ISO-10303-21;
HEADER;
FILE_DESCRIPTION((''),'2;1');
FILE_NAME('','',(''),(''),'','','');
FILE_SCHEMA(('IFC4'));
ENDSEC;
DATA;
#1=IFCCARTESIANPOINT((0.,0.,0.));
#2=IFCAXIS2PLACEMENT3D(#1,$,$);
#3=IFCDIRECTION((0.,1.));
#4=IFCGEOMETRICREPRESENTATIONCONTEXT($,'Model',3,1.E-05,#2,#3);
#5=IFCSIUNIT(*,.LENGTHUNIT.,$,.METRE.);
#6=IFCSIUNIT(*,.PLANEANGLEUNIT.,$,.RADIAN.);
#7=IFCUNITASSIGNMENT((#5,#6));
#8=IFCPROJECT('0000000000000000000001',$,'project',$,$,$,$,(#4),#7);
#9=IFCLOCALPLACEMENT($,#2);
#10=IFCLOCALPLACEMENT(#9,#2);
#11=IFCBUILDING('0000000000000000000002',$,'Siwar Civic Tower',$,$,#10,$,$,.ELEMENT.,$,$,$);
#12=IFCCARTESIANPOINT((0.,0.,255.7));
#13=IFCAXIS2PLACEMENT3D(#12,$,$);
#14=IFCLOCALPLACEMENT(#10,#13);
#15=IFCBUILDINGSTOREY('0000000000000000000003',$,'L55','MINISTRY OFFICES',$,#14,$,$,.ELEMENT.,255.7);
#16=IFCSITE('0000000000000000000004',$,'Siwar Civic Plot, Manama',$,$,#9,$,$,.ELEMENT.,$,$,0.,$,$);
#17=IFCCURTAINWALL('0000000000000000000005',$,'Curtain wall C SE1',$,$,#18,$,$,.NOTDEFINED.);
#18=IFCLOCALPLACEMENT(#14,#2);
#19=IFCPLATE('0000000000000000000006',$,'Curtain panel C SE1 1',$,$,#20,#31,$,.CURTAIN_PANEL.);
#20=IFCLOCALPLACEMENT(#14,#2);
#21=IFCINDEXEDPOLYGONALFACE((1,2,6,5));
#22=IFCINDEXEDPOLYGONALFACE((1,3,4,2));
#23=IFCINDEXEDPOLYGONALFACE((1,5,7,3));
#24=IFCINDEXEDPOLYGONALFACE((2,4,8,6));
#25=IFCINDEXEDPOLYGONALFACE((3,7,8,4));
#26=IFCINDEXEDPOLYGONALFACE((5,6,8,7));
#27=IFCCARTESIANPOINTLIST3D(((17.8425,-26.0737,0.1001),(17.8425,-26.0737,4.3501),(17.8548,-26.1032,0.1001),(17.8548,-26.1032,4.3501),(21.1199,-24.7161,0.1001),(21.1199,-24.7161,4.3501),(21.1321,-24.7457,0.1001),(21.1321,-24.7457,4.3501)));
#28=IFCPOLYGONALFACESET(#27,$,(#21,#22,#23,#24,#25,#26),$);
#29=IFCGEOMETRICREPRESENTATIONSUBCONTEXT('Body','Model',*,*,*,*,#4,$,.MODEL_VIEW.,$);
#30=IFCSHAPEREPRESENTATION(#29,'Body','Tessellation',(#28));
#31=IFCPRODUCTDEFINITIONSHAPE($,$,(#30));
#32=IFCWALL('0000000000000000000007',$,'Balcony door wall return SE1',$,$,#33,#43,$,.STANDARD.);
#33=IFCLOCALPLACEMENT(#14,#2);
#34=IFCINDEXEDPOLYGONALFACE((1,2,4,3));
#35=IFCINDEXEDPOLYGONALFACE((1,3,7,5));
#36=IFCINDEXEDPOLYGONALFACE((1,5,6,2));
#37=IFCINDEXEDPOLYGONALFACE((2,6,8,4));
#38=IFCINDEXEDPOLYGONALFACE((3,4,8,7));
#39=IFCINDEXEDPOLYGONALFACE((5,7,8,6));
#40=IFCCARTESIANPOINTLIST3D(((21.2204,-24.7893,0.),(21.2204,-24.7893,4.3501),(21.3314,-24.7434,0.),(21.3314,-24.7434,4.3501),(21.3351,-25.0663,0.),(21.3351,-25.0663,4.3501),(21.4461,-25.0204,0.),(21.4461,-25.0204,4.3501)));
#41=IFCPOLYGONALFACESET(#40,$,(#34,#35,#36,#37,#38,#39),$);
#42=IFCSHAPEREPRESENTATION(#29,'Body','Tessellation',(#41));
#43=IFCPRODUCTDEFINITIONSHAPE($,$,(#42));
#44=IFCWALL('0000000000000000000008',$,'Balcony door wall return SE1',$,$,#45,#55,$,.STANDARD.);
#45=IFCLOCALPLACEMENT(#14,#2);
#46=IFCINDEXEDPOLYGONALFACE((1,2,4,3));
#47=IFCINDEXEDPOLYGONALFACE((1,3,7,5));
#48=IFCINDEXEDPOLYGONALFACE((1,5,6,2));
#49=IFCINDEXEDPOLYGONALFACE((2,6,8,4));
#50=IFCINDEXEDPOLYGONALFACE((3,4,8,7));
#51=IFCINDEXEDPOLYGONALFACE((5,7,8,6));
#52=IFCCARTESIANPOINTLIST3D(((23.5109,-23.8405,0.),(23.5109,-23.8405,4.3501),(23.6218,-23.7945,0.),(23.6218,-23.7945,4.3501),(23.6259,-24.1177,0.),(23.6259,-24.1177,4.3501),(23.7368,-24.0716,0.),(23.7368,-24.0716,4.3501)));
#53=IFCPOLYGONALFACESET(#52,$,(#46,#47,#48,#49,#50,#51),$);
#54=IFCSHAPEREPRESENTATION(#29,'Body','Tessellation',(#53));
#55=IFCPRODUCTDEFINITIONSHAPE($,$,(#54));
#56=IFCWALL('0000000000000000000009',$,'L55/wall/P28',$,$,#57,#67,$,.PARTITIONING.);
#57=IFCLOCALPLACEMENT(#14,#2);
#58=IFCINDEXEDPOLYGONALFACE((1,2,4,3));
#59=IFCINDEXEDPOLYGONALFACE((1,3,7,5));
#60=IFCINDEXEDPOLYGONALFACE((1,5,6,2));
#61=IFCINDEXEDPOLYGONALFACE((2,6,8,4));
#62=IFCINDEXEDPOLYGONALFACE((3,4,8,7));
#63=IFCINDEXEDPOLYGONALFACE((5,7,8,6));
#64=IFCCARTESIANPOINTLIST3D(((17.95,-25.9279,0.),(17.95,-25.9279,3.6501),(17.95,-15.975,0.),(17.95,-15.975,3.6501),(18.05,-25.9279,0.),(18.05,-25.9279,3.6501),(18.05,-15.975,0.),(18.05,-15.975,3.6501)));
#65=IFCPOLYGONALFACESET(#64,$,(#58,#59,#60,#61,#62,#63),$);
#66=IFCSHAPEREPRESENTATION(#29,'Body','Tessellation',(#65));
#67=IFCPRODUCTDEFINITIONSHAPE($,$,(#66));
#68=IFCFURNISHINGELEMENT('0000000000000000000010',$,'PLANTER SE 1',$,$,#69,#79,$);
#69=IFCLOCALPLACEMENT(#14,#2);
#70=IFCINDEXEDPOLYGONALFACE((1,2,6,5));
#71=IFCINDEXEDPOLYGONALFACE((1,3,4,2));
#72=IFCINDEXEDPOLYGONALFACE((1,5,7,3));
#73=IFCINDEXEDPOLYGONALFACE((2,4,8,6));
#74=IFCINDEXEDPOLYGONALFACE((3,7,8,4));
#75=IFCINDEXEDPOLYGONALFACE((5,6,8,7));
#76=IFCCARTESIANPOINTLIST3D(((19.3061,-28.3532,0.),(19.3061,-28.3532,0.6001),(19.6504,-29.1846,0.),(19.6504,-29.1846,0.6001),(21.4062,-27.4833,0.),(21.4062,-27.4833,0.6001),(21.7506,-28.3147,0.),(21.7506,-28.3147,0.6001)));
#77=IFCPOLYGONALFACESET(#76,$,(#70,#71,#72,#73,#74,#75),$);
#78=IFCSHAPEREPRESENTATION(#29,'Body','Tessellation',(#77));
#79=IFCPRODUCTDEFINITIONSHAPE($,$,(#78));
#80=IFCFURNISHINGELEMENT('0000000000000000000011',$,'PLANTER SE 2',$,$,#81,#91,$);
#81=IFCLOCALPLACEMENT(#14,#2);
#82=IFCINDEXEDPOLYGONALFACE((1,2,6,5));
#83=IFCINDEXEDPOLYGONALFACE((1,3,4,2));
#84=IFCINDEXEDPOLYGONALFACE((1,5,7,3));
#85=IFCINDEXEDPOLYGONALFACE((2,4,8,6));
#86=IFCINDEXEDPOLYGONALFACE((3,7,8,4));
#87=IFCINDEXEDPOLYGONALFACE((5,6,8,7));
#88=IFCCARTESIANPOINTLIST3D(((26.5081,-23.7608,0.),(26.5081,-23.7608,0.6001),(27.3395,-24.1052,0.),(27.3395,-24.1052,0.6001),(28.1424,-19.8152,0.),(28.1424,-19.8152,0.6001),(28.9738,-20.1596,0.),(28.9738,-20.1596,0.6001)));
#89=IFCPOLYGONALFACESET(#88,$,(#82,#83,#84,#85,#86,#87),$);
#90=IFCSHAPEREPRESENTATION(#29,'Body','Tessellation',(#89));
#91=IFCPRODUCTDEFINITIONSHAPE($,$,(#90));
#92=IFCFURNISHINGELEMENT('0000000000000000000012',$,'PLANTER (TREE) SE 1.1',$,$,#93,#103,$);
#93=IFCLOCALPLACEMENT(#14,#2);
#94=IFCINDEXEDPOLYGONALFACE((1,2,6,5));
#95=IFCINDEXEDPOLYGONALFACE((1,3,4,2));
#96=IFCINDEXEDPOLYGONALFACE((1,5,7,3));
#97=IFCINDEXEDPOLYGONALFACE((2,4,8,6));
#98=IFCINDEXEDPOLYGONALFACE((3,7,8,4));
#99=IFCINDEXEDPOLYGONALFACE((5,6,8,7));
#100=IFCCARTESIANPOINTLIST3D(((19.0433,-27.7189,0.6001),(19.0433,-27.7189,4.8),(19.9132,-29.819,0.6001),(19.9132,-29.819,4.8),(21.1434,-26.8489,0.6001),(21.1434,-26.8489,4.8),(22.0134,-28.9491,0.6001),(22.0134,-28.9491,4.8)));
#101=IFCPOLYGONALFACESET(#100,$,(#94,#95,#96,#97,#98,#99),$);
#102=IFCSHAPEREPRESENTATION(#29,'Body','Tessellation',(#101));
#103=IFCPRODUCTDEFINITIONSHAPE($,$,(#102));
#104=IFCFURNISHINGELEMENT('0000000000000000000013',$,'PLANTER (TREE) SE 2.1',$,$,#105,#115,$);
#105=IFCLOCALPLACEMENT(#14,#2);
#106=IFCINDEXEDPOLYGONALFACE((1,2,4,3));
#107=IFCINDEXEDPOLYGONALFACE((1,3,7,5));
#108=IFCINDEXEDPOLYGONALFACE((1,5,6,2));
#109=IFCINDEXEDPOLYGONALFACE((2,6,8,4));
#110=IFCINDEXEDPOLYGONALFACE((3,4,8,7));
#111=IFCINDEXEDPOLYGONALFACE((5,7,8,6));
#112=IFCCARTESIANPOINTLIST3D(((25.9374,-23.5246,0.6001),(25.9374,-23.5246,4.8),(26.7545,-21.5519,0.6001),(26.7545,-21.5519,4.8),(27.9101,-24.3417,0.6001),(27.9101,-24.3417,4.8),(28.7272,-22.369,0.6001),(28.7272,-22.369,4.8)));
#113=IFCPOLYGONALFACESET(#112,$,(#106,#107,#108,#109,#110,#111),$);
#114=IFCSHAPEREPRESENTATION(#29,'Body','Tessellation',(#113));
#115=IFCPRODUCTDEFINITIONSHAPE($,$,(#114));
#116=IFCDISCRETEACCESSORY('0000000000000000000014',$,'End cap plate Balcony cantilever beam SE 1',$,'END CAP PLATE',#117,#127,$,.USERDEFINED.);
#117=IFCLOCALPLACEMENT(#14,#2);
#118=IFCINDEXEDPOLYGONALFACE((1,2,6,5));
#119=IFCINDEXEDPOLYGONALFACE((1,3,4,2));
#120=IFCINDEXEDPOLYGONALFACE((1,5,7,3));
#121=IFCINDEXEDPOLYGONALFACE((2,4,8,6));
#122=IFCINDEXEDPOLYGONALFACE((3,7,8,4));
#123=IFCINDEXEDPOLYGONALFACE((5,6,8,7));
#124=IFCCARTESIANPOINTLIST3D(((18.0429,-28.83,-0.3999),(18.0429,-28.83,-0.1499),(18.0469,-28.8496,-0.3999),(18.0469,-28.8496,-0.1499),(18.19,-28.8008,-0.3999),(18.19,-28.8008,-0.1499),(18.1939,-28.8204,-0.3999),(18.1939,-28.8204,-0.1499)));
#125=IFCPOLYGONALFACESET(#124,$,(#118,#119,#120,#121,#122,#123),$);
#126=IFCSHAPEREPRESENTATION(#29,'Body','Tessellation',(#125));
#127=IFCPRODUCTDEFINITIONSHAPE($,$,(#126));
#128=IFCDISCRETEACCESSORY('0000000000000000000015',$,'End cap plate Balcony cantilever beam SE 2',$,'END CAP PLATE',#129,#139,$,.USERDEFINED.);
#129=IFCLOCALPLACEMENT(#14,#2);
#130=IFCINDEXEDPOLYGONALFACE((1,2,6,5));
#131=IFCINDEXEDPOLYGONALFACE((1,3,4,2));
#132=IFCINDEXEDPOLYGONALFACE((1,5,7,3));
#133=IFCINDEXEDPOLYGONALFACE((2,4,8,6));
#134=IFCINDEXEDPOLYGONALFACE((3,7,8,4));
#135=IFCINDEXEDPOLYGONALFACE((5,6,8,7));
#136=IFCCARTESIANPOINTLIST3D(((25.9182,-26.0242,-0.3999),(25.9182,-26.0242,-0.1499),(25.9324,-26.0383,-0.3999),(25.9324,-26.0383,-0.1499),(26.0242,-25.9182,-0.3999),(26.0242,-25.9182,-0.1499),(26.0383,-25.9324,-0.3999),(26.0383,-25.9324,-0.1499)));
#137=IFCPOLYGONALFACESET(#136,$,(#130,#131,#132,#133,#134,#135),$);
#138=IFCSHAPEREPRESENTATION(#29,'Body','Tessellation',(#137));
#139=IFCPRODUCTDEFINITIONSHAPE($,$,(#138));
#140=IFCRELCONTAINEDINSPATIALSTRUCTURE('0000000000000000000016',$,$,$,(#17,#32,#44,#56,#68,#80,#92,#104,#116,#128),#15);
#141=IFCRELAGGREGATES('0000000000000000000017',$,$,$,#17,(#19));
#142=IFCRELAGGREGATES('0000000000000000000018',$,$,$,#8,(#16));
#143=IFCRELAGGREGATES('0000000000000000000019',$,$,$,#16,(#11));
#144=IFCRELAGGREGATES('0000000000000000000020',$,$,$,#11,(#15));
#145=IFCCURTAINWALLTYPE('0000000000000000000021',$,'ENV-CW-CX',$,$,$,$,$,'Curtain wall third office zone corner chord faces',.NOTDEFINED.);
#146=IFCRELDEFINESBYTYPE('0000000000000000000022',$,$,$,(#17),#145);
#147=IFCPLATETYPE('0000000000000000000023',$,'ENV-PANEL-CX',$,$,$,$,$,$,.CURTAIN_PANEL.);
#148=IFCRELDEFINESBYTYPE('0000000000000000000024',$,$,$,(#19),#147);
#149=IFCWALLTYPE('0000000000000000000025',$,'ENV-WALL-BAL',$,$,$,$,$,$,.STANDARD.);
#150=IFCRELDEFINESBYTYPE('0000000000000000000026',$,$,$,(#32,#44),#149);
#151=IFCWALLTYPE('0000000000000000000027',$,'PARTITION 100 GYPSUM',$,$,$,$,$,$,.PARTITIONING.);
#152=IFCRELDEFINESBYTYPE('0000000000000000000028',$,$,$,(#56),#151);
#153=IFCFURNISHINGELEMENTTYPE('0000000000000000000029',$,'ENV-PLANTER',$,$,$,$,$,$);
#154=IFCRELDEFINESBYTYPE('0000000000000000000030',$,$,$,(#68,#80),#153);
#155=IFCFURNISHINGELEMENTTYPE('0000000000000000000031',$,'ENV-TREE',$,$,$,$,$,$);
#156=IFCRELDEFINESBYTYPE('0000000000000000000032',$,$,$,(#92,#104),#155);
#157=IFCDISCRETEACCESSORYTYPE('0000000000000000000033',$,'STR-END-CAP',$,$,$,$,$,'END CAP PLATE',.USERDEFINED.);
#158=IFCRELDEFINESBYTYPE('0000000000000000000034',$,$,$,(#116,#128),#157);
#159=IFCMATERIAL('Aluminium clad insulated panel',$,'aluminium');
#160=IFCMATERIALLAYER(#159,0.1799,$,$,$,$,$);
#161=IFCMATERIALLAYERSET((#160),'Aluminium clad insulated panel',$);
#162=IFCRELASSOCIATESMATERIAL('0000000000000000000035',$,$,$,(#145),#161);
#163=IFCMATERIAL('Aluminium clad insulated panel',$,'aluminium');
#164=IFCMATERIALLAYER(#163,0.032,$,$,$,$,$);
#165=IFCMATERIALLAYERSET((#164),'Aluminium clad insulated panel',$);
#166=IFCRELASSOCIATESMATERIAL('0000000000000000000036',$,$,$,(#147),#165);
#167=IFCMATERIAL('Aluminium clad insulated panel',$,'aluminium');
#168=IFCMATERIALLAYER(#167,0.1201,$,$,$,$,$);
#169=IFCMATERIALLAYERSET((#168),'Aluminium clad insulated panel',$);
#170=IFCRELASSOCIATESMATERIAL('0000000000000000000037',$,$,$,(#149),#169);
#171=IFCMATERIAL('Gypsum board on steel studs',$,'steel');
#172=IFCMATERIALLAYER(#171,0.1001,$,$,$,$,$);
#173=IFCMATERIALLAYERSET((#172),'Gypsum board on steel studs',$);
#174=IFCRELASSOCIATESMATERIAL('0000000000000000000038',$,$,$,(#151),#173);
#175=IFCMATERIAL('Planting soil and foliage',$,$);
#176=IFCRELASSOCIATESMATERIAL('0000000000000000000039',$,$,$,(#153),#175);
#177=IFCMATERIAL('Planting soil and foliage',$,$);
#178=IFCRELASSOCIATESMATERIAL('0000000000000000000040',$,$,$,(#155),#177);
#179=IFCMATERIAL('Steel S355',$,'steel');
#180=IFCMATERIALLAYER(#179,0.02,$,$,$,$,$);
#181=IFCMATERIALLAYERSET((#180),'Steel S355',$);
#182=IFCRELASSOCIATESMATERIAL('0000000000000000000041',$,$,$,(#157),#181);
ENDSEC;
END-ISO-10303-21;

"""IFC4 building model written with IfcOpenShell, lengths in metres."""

from ifc_helpers import new_model, si_unit, direction, frame, frame_2d, origin, origin_2d, place, context, subcontext, project, spatial, rectangle, extrude, material, layer, layer_set, type_object, element, aggregate, save


model = new_model("IFC4")

# Units and contexts
model_context = context("Model", 3, precision=1e-05, world=origin(), true_north=direction((0.0, 1.0)))
body_context = subcontext(model_context, "Body", "Model", "MODEL_VIEW")
ifc_project = project(units=[si_unit("LENGTHUNIT", "METRE"), si_unit("PLANEANGLEUNIT", "RADIAN")], contexts=[model_context])

# Site, building, storey
site_placement = place(None, origin())
site = spatial("IfcSite", under=ifc_project, at=site_placement, Name="Siwar Civic Plot, Manama", CompositionType="ELEMENT", RefElevation=0.0)
building_placement = place(site_placement, origin())
building = spatial("IfcBuilding", under=site, at=building_placement, Name="Siwar Civic Tower", CompositionType="ELEMENT")
storey_placement = place(building_placement, frame((0.0, 0.0, 255.7)))
storey = spatial("IfcBuildingStorey", under=building, at=storey_placement, Name="L55", Description="MINISTRY OFFICES", CompositionType="ELEMENT", Elevation=255.7)

# Curtain wall
ifc_material_1 = material(Name="Aluminium clad insulated panel", Category="aluminium")
ifc_layer_1 = layer(ifc_material_1, 0.1799)
ifc_layer_set_1 = layer_set([ifc_layer_1], Name="Aluminium clad insulated panel")
curtain_wall_type = type_object("IfcCurtainWallType", Name="ENV-CW-CX", ElementType="Curtain wall third office zone corner chord faces", PredefinedType="NOTDEFINED", material=ifc_layer_set_1)
curtain_wall_1_placement = place(storey_placement, origin())
curtain_wall_1 = element("IfcCurtainWall", 1, at=curtain_wall_1_placement, inside=storey, type_object=curtain_wall_type, Name="Curtain wall C SE1", PredefinedType="NOTDEFINED")

# Plate
ifc_material_2 = material(Name="Aluminium clad insulated panel", Category="aluminium")
ifc_layer_2 = layer(ifc_material_2, 0.032)
ifc_layer_set_2 = layer_set([ifc_layer_2], Name="Aluminium clad insulated panel")
plate_type = type_object("IfcPlateType", Name="ENV-PANEL-CX", PredefinedType="CURTAIN_PANEL", material=ifc_layer_set_2)
plate_placement = place(storey_placement, frame((19.4873, -25.4097, 0.1001), z_axis=(0.0, 0.0, 1.0), x_axis=(0.92388, 0.382683, 0.0)))
plate = element("IfcPlate", 2, at=plate_placement, type_object=plate_type, Name="Curtain panel C SE1 1", PredefinedType="CURTAIN_PANEL", context=body_context, shape_type="SweptSolid", body=[
    extrude(rectangle(XDim=3.5474, YDim=0.032, at=origin_2d()), origin(), (0.0, 0.0, 1.0), 4.25),
])
aggregate(curtain_wall_1, [plate])

# Walls
ifc_material_3 = material(Name="Aluminium clad insulated panel", Category="aluminium")
ifc_layer_3 = layer(ifc_material_3, 0.1201)
ifc_layer_set_3 = layer_set([ifc_layer_3], Name="Aluminium clad insulated panel")
wall_type_1 = type_object("IfcWallType", Name="ENV-WALL-BAL", PredefinedType="STANDARD", material=ifc_layer_set_3)
wall_1_placement = place(storey_placement, frame((21.2759, -24.7664, 0.0), z_axis=(0.0, 0.0, 1.0), x_axis=(0.382591, -0.923918, 0.0)))
element("IfcWall", 3, at=wall_1_placement, inside=storey, type_object=wall_type_1, Name="Balcony door wall return SE1", PredefinedType="STANDARD", context=body_context, shape_type="SweptSolid", body=[
    extrude(rectangle(XDim=0.2998, YDim=0.1201, at=frame_2d((0.1499, 0.0))), origin(), (0.0, 0.0, 1.0), 4.3501),
])
wall_2_placement = place(storey_placement, frame((23.5664, -23.8176, 0.0), z_axis=(0.0, 0.0, 1.0), x_axis=(0.383286, -0.92363, 0.0)))
element("IfcWall", 4, at=wall_2_placement, inside=storey, type_object=wall_type_1, Name="Balcony door wall return SE1", PredefinedType="STANDARD", context=body_context, shape_type="SweptSolid", body=[
    extrude(rectangle(XDim=0.3, YDim=0.1201, at=frame_2d((0.1499, 0.0))), origin(), (0.0, 0.0, 1.0), 4.3501),
])

# Wall
ifc_material_4 = material(Name="Gypsum board on steel studs", Category="steel")
ifc_layer_4 = layer(ifc_material_4, 0.1001)
ifc_layer_set_4 = layer_set([ifc_layer_4], Name="Gypsum board on steel studs")
wall_type_2 = type_object("IfcWallType", Name="PARTITION 100 GYPSUM", PredefinedType="PARTITIONING", material=ifc_layer_set_4)
wall_3_placement = place(storey_placement, frame((18.0, -25.928, 0.0), z_axis=(0.0, 0.0, 1.0), x_axis=(0.0, 1.0, 0.0)))
element("IfcWall", 5, at=wall_3_placement, inside=storey, type_object=wall_type_2, Name="L55/wall/P28", PredefinedType="PARTITIONING", context=body_context, shape_type="SweptSolid", body=[
    extrude(rectangle(XDim=9.9529, YDim=0.1001, at=frame_2d((4.9766, 0.0))), origin(), (0.0, 0.0, 1.0), 3.6501),
])

# Furnishing elements
ifc_material_5 = material(Name="Planting soil and foliage")
furnishing_element_type_1 = type_object("IfcFurnishingElementType", Name="ENV-PLANTER", material=ifc_material_5)
furnishing_1_placement = place(storey_placement, frame((20.5283, -28.334, 0.0), z_axis=(0.0, 0.0, 1.0), x_axis=(0.92388, 0.382683, 0.0)))
element("IfcFurnishingElement", 6, at=furnishing_1_placement, inside=storey, type_object=furnishing_element_type_1, Name="PLANTER SE 1", context=body_context, shape_type="SweptSolid", body=[
    extrude(rectangle(XDim=2.2732, YDim=0.8999, at=origin_2d()), origin(), (0.0, 0.0, 1.0), 0.6001),
])
furnishing_2_placement = place(storey_placement, frame((27.741, -21.9602, 0.0), z_axis=(0.0, 0.0, 1.0), x_axis=(0.382683, 0.92388, 0.0)))
element("IfcFurnishingElement", 7, at=furnishing_2_placement, inside=storey, type_object=furnishing_element_type_1, Name="PLANTER SE 2", context=body_context, shape_type="SweptSolid", body=[
    extrude(rectangle(XDim=4.2708, YDim=0.8999, at=origin_2d()), origin(), (0.0, 0.0, 1.0), 0.6001),
])
ifc_material_6 = material(Name="Planting soil and foliage")
furnishing_element_type_2 = type_object("IfcFurnishingElementType", Name="ENV-TREE", material=ifc_material_6)
furnishing_3_placement = place(storey_placement, frame((20.5283, -28.334, 0.6001), z_axis=(0.0, 0.0, 1.0), x_axis=(0.92388, 0.382683, 0.0)))
element("IfcFurnishingElement", 8, at=furnishing_3_placement, inside=storey, type_object=furnishing_element_type_2, Name="PLANTER (TREE) SE 1.1", context=body_context, shape_type="SweptSolid", body=[
    extrude(rectangle(XDim=2.2732, YDim=2.2732, at=origin_2d()), origin(), (0.0, 0.0, 1.0), 4.2),
])
furnishing_4_placement = place(storey_placement, frame((27.3323, -22.9468, 0.6001), z_axis=(0.0, 0.0, 1.0), x_axis=(0.382683, 0.92388, 0.0)))
element("IfcFurnishingElement", 9, at=furnishing_4_placement, inside=storey, type_object=furnishing_element_type_2, Name="PLANTER (TREE) SE 2.1", context=body_context, shape_type="SweptSolid", body=[
    extrude(rectangle(XDim=2.1353, YDim=2.1353, at=origin_2d()), origin(), (0.0, 0.0, 1.0), 4.2),
])

# Discrete accessories
ifc_material_7 = material(Name="Steel S355", Category="steel")
ifc_layer_5 = layer(ifc_material_7, 0.02)
ifc_layer_set_5 = layer_set([ifc_layer_5], Name="Steel S355")
discrete_accessory_type = type_object("IfcDiscreteAccessoryType", Name="STR-END-CAP", ElementType="END CAP PLATE", PredefinedType="USERDEFINED", material=ifc_layer_set_5)
for number, where, z_axis, x_axis, name in (
    (10, (18.1184, -28.8252, -0.3999), (0.0, 0.0, 1.0), (0.19509, -0.980785, 0.0), "End cap plate Balcony cantilever beam SE 1"),
    (11, (25.9783, -25.9783, -0.3999), (0.0, 0.0, 1.0), (0.707107, -0.707107, 0.0), "End cap plate Balcony cantilever beam SE 2"),
):
    element("IfcDiscreteAccessory", number, at=place(storey_placement, frame(where, z_axis=z_axis, x_axis=x_axis)), inside=storey, type_object=discrete_accessory_type, Name=name, ObjectType="END CAP PLATE", PredefinedType="USERDEFINED", context=body_context, shape_type="SweptSolid", body=[
        extrude(rectangle(XDim=0.02, YDim=0.1499, at=origin_2d()), origin(), (0.0, 0.0, 1.0), 0.25),
    ])

save(model, "model.ifc")
